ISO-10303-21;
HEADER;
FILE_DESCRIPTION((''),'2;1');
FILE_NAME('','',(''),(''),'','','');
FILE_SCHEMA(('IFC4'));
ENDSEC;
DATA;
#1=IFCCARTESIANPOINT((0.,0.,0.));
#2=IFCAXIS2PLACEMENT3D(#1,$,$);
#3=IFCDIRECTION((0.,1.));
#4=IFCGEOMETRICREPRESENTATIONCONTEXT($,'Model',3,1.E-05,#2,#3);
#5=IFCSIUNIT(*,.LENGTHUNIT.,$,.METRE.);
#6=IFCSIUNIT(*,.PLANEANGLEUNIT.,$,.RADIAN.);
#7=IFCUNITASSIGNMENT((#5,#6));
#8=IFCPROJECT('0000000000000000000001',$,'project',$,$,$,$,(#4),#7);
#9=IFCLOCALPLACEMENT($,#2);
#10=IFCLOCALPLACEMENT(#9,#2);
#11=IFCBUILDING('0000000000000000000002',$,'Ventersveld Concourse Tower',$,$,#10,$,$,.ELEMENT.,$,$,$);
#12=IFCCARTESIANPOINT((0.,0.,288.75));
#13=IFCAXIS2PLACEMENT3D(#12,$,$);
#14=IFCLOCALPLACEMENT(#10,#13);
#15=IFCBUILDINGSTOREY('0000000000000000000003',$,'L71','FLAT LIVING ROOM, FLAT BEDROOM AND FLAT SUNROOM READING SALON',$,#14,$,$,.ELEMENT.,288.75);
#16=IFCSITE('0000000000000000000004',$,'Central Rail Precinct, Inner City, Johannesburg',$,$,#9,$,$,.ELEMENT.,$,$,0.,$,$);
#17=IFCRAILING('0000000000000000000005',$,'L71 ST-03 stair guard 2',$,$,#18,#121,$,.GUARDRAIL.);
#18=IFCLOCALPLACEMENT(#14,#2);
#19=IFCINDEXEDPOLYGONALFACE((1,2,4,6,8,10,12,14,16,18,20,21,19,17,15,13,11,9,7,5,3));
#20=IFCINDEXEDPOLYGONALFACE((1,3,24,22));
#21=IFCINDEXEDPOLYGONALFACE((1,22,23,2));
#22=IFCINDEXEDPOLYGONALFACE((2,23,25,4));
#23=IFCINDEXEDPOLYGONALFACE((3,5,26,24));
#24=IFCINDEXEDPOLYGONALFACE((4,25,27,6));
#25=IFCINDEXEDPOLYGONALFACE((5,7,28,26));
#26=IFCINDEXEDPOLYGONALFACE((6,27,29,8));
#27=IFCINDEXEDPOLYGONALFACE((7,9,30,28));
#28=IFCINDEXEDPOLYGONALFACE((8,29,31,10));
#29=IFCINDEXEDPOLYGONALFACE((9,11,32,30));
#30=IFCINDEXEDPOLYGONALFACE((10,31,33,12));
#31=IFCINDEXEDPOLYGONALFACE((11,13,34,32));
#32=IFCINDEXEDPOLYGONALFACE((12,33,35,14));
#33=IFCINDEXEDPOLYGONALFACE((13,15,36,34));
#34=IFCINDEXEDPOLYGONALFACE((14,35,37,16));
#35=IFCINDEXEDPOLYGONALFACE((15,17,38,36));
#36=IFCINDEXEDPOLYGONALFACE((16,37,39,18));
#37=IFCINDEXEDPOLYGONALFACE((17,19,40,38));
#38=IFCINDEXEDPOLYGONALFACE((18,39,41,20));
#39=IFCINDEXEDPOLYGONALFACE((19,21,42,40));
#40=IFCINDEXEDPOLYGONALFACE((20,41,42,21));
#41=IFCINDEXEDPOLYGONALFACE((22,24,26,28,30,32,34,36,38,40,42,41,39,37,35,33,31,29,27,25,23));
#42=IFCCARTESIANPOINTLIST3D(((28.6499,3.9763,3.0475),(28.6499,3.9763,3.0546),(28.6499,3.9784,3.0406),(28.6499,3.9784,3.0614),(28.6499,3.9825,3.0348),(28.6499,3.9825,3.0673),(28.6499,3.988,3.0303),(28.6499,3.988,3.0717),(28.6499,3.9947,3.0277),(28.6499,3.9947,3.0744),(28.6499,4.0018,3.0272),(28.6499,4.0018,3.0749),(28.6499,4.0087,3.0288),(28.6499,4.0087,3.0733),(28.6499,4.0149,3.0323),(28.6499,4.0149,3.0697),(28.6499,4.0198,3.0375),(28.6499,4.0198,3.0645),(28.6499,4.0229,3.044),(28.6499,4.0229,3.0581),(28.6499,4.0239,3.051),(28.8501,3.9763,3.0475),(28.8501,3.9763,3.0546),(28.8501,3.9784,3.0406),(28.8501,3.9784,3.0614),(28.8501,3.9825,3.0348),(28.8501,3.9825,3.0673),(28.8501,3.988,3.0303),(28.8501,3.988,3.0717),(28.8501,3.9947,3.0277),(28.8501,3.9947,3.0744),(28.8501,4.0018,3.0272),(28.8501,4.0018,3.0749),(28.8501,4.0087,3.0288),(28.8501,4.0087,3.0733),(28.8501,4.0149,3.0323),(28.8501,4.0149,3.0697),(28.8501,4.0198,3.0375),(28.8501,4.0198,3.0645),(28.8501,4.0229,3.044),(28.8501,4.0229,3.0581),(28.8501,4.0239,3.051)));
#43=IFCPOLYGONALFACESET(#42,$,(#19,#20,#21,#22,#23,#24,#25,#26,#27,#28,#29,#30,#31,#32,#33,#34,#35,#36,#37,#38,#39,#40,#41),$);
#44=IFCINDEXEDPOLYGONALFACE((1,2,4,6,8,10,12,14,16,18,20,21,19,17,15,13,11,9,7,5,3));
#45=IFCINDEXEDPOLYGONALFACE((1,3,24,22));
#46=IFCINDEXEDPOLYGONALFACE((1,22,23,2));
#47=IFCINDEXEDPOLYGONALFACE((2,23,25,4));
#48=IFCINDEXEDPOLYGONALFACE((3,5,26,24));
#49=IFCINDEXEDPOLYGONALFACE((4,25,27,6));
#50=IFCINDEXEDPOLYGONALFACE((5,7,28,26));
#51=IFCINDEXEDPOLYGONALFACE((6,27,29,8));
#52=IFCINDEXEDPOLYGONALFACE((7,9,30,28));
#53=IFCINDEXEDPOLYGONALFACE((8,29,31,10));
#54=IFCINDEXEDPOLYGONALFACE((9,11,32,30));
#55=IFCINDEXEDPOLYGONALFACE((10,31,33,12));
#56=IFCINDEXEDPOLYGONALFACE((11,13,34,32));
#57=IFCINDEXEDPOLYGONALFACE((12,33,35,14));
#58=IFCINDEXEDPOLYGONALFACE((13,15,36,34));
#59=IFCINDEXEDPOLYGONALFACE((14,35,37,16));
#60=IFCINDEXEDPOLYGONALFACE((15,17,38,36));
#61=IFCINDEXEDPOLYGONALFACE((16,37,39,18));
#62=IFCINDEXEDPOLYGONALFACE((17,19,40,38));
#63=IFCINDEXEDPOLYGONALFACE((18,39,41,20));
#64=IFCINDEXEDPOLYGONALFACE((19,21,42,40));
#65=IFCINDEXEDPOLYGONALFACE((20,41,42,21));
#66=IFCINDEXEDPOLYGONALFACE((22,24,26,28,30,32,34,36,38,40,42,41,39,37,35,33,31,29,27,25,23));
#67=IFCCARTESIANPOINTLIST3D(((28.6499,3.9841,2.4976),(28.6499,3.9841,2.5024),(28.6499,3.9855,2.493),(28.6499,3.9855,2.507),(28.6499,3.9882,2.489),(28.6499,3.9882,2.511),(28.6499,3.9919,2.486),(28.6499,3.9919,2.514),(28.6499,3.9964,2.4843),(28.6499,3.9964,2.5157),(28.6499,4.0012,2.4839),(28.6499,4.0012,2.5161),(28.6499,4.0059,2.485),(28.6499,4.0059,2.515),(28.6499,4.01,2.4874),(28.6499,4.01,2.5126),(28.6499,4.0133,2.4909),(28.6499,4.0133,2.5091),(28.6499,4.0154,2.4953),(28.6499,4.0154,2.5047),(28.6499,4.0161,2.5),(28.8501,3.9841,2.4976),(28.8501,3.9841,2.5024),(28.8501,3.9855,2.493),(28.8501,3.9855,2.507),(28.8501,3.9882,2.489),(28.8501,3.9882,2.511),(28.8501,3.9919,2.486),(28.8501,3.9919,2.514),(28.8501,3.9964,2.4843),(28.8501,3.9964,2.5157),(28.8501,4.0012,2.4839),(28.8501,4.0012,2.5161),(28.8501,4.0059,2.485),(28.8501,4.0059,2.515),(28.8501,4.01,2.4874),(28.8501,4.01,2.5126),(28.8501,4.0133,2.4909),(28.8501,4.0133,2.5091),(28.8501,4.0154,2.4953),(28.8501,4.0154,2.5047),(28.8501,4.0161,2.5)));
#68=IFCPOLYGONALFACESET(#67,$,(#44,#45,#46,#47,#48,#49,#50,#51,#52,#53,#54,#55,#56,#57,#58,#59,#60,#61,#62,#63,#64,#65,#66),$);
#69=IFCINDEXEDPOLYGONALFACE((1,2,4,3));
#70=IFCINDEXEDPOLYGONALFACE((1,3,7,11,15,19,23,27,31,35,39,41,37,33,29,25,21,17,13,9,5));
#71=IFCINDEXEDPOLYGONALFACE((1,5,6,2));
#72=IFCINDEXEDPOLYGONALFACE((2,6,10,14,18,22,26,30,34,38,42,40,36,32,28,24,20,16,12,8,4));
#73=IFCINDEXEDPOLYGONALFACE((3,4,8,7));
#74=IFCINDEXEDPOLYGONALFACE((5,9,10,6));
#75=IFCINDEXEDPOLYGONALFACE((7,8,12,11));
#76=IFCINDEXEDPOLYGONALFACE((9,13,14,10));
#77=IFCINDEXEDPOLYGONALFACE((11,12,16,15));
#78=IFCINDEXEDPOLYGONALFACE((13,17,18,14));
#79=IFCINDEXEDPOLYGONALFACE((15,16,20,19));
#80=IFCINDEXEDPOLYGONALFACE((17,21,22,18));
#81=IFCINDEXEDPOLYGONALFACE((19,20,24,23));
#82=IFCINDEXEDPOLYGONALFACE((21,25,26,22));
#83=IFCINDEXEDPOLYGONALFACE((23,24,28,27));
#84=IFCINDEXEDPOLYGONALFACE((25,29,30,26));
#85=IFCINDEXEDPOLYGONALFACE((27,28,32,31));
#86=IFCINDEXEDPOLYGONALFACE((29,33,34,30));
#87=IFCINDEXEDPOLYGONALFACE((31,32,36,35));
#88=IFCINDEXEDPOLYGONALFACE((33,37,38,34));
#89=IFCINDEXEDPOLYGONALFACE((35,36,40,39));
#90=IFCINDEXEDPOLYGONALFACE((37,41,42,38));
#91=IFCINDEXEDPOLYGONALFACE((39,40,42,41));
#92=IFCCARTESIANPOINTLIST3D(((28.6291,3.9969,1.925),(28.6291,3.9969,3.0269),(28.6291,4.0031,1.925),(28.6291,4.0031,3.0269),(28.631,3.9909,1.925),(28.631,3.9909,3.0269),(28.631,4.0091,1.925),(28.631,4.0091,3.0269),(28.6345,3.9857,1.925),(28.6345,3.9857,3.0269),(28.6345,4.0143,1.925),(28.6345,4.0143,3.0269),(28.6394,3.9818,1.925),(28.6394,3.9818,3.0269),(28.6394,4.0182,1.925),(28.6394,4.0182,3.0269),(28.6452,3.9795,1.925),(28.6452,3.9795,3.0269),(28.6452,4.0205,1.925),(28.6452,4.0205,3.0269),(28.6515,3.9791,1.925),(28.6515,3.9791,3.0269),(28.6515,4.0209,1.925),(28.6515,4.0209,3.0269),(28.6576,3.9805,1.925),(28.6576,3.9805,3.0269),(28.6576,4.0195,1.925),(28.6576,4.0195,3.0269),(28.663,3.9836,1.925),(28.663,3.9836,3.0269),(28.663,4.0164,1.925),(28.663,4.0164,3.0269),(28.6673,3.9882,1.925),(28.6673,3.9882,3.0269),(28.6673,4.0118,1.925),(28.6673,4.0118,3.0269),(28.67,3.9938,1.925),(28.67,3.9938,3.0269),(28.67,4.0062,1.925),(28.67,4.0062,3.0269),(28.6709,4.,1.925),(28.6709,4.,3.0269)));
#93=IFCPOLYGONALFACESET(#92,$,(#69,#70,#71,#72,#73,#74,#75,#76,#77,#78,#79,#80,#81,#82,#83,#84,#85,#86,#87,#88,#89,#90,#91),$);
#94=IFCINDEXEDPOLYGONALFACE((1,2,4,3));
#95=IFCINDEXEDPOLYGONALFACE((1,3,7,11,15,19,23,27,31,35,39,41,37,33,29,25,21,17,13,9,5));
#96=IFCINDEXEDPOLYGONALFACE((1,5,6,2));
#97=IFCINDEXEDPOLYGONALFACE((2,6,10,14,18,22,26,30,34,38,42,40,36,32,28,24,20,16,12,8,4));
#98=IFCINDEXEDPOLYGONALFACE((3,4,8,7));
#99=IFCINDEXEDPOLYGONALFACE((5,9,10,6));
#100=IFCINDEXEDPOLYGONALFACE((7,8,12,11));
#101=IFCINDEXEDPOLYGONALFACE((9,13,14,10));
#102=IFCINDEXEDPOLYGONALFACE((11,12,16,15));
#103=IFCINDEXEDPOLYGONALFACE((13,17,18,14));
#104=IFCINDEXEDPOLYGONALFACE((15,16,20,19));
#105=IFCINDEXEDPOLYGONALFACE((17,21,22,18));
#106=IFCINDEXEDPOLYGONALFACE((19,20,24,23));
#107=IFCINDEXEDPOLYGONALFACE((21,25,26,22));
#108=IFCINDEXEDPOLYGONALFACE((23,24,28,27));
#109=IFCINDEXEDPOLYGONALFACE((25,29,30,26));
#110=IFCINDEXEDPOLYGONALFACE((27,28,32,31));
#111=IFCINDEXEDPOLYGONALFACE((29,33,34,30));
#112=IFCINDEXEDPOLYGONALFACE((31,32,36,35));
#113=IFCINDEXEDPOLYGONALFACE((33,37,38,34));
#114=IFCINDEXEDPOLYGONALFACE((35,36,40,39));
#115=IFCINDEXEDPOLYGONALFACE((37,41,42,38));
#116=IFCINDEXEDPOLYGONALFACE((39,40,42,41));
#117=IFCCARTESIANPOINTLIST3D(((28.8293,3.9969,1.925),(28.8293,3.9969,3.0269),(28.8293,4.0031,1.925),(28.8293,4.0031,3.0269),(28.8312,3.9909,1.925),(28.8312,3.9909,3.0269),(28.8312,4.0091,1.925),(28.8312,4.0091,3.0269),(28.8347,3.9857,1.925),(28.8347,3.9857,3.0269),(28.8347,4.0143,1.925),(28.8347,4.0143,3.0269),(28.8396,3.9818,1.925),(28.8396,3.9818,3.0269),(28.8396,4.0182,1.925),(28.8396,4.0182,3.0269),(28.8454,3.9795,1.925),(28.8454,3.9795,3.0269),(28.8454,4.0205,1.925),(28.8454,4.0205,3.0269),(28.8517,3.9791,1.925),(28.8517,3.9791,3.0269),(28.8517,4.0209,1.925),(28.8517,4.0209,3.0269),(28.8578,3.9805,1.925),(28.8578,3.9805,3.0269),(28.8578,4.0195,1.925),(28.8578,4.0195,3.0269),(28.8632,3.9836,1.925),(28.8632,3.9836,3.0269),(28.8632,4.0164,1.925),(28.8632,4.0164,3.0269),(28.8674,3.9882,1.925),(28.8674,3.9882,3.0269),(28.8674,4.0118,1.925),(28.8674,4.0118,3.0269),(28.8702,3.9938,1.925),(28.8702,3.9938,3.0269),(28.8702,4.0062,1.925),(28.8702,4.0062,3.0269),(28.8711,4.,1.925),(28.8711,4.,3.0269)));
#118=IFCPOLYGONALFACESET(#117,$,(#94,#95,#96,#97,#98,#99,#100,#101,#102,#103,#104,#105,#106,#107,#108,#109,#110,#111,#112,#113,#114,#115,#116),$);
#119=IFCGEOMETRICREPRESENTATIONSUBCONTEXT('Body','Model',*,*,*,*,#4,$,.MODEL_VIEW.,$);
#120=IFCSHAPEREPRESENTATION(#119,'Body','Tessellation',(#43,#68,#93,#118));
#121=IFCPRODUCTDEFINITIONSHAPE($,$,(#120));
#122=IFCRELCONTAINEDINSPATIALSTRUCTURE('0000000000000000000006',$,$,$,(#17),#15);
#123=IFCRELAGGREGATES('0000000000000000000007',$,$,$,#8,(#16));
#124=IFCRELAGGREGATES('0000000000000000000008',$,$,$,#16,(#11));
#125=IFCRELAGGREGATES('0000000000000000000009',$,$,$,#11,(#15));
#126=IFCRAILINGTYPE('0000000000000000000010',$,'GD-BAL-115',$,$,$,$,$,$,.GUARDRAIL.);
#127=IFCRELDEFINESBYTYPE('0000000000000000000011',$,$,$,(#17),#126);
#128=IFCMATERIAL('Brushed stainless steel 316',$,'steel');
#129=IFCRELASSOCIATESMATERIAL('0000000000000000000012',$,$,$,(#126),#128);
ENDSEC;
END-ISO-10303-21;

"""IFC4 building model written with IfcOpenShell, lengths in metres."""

from ifc_helpers import new_model, si_unit, direction, frame, origin, origin_2d, place, context, subcontext, project, spatial, circle, extrude, material, type_object, element, save


model = new_model("IFC4")

# Units and contexts
model_context = context("Model", 3, precision=1e-05, world=origin(), true_north=direction((0.0, 1.0)))
body_context = subcontext(model_context, "Body", "Model", "MODEL_VIEW")
ifc_project = project(units=[si_unit("LENGTHUNIT", "METRE"), si_unit("PLANEANGLEUNIT", "RADIAN")], contexts=[model_context])

# Site, building, storey
site_placement = place(None, origin())
site = spatial("IfcSite", under=ifc_project, at=site_placement, Name="Central Rail Precinct, Inner City, Johannesburg", CompositionType="ELEMENT", RefElevation=0.0)
building_placement = place(site_placement, origin())
building = spatial("IfcBuilding", under=site, at=building_placement, Name="Ventersveld Concourse Tower", CompositionType="ELEMENT")
storey_placement = place(building_placement, frame((0.0, 0.0, 288.75)))
storey = spatial("IfcBuildingStorey", under=building, at=storey_placement, Name="L71", Description="FLAT LIVING ROOM, FLAT BEDROOM AND FLAT SUNROOM READING SALON", CompositionType="ELEMENT", Elevation=288.75)

# Railing
ifc_material_1 = material(Name="Brushed stainless steel 316", Category="steel")
railing_type_1 = type_object("IfcRailingType", Name="GD-BAL-115", PredefinedType="GUARDRAIL", material=ifc_material_1)
railing_1_placement = place(storey_placement, frame((28.6499, 4.0, 1.925)))
element("IfcRailing", 1, at=railing_1_placement, inside=storey, type_object=railing_type_1, Name="L71 ST-03 stair guard 2", PredefinedType="GUARDRAIL", context=body_context, shape_type="SweptSolid", body=[
    extrude(circle(Radius=0.0239, at=origin_2d()), frame((0.0, 0.0, 1.126), z_axis=(1.0, 0.0, 0.0), x_axis=(0.0, 1.0, 0.0)), (0.0, 0.0, 1.0), 0.2002),
    extrude(circle(Radius=0.0161, at=origin_2d()), frame((0.0, 0.0, 0.575), z_axis=(1.0, 0.0, 0.0), x_axis=(0.0, 1.0, 0.0)), (0.0, 0.0, 1.0), 0.2002),
    extrude(circle(Radius=0.021, at=origin_2d()), origin(), (0.0, 0.0, 1.0), 1.1018),
    extrude(circle(Radius=0.021, at=origin_2d()), frame((0.2002, 0.0, 0.0)), (0.0, 0.0, 1.0), 1.1018),
])

save(model, "model.ifc")
